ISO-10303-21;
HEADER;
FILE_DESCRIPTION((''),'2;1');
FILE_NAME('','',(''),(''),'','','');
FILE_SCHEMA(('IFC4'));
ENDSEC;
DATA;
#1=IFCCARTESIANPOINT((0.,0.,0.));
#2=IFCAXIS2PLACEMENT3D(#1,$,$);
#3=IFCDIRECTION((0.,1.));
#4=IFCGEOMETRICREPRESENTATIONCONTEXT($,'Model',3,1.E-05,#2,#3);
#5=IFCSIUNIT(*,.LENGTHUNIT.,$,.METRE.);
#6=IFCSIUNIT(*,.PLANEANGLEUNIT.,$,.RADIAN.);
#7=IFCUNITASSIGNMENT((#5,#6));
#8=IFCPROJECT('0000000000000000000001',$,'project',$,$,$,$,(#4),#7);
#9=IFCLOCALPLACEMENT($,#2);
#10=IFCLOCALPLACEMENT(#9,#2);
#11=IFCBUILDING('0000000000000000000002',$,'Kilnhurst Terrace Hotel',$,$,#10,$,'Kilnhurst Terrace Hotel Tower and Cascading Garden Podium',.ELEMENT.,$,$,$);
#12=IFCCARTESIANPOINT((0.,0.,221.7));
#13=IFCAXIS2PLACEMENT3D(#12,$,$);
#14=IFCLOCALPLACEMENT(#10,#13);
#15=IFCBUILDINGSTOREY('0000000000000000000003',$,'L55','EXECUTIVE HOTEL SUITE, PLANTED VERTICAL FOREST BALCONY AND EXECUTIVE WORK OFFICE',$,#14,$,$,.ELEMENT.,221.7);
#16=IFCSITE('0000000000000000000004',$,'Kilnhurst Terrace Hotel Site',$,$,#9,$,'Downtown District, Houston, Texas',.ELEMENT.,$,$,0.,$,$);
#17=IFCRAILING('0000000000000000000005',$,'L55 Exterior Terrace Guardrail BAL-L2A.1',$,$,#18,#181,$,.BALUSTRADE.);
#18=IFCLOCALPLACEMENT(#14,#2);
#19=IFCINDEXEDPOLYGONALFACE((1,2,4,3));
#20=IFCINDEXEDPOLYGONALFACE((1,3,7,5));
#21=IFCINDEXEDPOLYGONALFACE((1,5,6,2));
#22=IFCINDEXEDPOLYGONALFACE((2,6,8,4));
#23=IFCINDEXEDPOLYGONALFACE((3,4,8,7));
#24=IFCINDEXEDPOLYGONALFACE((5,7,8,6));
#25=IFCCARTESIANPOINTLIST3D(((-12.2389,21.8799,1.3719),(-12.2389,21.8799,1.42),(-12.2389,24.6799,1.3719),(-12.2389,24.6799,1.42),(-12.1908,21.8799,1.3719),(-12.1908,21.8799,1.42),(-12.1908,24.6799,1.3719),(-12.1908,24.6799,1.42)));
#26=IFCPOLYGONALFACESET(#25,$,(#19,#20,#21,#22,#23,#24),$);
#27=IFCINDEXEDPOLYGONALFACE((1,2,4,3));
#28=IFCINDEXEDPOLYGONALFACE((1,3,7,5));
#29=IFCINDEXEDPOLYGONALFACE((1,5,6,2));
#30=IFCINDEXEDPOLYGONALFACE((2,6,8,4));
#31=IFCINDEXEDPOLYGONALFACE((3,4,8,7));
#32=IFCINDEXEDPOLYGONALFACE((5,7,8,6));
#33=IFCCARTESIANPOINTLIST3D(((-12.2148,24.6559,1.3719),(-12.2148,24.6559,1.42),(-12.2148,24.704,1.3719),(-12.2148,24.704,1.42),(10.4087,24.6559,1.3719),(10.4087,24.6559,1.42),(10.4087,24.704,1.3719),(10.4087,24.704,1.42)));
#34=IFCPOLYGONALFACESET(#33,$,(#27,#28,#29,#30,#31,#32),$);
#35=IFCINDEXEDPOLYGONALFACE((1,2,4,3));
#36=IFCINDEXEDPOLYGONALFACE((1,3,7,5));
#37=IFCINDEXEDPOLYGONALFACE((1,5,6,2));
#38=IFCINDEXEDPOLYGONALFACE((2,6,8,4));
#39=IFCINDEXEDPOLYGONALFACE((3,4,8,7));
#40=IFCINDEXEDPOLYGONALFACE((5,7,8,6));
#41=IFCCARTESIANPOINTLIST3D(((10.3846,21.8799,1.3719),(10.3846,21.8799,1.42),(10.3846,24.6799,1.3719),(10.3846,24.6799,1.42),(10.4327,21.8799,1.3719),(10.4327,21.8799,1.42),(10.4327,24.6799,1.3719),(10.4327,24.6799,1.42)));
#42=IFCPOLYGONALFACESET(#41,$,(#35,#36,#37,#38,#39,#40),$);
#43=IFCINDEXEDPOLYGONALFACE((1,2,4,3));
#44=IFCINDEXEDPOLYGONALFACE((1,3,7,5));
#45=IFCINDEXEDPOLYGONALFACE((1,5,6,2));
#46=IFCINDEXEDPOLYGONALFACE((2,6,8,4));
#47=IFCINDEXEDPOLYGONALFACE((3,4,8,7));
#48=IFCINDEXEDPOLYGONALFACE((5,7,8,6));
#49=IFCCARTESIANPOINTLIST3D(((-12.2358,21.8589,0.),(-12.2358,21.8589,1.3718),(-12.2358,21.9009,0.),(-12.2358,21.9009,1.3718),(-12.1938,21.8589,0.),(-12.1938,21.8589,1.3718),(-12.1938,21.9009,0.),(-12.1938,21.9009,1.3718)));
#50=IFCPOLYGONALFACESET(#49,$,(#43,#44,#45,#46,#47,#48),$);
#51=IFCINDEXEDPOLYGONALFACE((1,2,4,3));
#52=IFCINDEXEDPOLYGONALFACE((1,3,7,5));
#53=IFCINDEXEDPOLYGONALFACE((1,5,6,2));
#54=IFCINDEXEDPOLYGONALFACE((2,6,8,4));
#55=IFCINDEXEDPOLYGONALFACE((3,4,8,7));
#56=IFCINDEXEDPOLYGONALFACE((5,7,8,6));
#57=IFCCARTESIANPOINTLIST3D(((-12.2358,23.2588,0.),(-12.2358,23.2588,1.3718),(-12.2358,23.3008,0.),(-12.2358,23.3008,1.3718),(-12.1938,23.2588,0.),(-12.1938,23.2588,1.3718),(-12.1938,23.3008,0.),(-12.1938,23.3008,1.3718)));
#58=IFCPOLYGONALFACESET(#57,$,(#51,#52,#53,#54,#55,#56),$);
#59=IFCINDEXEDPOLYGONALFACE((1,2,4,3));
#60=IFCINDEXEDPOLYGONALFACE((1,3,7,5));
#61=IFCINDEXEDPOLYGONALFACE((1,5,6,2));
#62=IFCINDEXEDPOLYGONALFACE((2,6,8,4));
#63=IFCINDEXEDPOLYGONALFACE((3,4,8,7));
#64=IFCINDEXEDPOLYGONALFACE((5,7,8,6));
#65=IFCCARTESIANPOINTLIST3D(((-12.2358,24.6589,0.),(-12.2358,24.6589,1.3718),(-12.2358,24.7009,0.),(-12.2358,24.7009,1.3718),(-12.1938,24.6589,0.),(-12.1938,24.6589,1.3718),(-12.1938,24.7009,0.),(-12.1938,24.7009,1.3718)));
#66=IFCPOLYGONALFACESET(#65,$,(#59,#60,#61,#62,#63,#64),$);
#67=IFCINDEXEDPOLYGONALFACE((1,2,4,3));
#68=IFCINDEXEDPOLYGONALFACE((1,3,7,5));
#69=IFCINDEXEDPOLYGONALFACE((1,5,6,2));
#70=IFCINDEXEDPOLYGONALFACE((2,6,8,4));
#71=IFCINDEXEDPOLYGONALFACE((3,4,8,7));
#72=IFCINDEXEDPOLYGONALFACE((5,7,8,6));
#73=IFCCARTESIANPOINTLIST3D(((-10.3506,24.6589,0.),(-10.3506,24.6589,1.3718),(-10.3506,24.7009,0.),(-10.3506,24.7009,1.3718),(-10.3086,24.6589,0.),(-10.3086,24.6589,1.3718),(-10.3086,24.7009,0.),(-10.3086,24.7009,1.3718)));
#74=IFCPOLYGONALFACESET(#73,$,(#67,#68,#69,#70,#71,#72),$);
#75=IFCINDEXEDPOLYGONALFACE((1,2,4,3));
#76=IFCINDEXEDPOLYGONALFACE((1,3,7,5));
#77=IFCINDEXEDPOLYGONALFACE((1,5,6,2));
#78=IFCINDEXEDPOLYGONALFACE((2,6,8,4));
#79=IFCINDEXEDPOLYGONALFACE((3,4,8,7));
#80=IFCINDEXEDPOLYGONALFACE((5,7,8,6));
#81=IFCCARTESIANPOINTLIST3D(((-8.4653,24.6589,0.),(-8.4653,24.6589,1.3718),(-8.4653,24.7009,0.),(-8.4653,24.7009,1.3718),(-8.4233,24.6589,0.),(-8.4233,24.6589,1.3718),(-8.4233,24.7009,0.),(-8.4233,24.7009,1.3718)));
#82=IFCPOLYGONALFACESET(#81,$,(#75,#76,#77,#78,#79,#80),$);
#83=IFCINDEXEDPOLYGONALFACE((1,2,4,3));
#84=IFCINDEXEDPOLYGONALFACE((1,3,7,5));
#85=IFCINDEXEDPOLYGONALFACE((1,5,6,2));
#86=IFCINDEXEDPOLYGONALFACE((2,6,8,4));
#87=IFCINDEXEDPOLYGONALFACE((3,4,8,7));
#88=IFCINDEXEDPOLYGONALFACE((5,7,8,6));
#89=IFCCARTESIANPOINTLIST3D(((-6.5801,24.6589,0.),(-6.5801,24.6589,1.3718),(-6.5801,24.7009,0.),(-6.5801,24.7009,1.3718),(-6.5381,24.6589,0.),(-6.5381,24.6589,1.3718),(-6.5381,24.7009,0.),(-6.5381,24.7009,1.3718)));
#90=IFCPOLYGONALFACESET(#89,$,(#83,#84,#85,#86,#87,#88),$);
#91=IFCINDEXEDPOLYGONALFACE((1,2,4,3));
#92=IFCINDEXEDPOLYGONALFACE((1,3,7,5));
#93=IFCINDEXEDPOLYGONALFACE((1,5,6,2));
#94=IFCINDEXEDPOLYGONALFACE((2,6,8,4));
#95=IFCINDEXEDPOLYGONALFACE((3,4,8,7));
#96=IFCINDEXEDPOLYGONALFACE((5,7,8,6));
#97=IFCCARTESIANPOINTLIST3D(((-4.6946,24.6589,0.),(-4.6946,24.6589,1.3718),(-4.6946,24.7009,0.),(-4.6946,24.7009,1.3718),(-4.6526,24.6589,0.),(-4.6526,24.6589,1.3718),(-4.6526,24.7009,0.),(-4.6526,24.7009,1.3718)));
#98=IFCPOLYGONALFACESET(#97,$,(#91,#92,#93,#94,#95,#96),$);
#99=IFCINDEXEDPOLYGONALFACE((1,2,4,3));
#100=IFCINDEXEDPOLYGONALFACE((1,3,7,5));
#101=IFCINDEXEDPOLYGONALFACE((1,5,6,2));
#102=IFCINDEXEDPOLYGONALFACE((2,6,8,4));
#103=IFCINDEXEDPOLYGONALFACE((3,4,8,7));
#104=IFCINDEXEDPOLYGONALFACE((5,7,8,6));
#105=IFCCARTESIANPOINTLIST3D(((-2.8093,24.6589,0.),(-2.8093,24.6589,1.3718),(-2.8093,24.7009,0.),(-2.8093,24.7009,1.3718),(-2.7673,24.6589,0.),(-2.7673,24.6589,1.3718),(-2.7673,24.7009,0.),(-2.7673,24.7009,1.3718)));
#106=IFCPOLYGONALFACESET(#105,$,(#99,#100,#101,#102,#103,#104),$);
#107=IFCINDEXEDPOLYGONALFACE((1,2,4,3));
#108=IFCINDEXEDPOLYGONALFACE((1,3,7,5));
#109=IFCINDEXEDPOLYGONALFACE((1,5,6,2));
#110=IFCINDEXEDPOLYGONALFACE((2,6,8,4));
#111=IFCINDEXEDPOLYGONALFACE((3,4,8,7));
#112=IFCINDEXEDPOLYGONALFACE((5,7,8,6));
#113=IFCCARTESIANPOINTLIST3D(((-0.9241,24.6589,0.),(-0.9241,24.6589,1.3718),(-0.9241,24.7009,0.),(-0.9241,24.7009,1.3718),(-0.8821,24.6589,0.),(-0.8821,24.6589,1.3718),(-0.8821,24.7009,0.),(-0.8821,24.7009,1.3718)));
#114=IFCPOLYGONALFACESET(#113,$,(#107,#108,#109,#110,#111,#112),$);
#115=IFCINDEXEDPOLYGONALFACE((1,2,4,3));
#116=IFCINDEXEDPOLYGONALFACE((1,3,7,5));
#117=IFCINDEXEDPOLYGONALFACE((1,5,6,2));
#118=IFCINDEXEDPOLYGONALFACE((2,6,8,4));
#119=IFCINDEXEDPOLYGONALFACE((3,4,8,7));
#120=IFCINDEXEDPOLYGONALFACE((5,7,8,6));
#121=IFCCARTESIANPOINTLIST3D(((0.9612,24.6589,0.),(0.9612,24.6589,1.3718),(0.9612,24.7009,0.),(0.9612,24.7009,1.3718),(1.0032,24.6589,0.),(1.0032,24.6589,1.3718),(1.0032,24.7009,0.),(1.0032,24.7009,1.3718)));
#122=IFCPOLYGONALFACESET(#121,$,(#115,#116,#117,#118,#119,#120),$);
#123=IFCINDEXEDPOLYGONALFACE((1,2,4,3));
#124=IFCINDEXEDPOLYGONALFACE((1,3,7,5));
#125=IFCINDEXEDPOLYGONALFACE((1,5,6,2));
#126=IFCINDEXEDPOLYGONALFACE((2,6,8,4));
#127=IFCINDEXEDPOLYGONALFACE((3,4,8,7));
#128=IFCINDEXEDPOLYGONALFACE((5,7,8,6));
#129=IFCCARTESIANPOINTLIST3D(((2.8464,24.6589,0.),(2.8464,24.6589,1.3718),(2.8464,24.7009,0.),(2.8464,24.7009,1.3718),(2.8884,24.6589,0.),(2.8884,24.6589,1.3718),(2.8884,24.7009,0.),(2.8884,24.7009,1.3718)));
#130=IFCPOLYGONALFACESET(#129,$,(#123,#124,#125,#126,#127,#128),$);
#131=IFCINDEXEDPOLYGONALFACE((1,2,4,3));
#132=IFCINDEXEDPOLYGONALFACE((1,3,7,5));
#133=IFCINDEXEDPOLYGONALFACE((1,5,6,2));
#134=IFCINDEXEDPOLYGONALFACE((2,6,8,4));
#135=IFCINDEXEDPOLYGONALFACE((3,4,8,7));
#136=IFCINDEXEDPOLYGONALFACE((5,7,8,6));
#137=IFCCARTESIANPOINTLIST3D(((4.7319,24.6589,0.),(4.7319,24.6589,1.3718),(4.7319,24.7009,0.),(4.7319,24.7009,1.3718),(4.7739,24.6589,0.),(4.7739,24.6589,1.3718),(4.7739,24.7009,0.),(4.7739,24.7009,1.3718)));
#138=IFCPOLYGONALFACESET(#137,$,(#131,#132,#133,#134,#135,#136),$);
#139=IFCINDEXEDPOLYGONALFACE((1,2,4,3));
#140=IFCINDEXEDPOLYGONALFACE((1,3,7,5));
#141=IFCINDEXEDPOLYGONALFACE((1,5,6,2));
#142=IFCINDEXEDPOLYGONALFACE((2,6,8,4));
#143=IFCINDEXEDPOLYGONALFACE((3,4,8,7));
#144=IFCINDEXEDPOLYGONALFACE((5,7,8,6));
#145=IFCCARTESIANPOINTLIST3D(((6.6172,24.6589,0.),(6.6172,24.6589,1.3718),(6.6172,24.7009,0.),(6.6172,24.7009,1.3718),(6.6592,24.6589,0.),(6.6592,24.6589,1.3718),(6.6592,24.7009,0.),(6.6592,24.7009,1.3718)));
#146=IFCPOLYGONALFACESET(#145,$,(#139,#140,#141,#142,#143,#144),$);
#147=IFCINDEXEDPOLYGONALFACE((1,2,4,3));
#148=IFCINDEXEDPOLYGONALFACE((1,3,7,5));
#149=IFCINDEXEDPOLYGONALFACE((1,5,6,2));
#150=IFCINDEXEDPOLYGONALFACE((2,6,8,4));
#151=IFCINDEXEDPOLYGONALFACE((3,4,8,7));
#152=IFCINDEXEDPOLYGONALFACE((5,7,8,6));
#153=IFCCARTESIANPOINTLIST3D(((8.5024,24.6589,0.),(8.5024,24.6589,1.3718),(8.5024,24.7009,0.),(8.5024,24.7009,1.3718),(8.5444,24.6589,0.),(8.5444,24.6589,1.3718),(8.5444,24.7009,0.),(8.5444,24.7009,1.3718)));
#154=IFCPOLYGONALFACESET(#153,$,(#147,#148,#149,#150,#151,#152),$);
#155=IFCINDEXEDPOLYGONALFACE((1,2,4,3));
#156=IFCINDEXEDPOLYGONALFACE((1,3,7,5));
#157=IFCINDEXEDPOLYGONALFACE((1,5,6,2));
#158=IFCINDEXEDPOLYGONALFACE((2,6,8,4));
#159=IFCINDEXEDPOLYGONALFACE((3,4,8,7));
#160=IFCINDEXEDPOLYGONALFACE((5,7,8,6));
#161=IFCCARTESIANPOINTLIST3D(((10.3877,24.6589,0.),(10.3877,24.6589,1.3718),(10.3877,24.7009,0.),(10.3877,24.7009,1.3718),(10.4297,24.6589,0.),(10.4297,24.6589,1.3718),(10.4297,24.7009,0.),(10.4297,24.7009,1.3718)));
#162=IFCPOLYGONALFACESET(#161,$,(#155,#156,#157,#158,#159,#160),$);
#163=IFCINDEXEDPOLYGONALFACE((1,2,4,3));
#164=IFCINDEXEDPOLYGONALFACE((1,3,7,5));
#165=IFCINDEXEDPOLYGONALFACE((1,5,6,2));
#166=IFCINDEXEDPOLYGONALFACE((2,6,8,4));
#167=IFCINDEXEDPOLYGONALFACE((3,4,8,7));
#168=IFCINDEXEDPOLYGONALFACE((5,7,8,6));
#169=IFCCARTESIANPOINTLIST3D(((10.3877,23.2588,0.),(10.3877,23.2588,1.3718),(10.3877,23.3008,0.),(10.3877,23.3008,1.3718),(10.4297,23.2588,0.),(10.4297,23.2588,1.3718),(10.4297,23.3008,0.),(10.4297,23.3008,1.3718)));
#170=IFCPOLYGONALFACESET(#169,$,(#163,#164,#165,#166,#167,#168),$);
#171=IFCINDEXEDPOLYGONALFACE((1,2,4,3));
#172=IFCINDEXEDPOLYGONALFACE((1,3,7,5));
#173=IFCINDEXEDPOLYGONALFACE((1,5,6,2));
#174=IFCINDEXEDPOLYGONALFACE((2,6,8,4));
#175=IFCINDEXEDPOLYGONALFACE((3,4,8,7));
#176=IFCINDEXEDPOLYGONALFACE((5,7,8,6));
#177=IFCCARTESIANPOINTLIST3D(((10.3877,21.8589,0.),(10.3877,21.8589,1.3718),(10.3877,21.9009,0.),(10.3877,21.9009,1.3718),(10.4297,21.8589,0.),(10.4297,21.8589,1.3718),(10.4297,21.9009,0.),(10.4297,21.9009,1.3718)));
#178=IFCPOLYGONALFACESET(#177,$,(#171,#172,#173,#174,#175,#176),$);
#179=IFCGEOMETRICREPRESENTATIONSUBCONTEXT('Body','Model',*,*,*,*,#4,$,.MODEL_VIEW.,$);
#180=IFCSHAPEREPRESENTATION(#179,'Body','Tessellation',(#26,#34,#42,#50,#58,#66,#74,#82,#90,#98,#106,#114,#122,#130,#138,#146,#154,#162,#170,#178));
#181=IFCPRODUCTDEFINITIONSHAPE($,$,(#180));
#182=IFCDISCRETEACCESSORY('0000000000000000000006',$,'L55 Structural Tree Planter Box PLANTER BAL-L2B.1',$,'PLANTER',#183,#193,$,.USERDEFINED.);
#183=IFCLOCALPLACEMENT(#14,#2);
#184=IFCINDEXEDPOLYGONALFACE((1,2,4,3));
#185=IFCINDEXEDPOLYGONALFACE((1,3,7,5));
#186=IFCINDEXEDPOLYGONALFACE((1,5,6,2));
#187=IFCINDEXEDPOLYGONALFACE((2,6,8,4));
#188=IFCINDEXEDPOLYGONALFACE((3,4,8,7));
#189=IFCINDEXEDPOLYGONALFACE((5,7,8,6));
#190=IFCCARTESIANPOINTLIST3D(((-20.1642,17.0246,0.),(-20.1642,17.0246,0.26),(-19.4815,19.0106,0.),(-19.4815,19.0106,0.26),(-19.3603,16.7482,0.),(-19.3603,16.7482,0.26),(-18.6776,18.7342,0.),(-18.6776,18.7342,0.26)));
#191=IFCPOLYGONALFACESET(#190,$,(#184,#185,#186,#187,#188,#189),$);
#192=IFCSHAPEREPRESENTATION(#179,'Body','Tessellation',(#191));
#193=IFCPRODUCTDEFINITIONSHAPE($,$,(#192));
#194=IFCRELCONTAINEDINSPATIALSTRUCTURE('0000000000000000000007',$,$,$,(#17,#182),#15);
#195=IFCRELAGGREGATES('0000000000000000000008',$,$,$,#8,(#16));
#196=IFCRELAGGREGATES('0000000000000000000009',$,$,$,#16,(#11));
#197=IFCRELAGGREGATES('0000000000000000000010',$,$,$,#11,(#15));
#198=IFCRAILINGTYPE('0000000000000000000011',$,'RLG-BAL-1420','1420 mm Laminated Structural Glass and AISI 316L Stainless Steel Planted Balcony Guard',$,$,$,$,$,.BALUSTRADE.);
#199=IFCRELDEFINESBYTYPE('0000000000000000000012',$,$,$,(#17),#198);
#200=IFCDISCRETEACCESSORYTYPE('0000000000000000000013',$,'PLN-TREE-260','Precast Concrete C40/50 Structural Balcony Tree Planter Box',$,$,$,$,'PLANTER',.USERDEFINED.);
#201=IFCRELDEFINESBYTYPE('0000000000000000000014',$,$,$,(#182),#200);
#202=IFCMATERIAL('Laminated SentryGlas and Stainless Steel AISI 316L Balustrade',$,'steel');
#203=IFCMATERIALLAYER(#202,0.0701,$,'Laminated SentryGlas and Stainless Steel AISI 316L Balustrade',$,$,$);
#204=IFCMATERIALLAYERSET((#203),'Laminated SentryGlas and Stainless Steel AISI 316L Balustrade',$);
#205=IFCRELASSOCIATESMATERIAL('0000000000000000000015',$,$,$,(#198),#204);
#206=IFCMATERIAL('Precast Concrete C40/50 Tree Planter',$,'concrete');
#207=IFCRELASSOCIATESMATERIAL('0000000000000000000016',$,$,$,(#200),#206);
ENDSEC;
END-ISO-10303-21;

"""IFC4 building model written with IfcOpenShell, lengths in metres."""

from ifc_helpers import new_model, si_unit, direction, frame, origin, origin_2d, place, context, subcontext, project, spatial, rectangle, extrude, material, layer, layer_set, type_object, element, save


model = new_model("IFC4")

# Units and contexts
model_context = context("Model", 3, precision=1e-05, world=origin(), true_north=direction((0.0, 1.0)))
body_context = subcontext(model_context, "Body", "Model", "MODEL_VIEW")
ifc_project = project(units=[si_unit("LENGTHUNIT", "METRE"), si_unit("PLANEANGLEUNIT", "RADIAN")], contexts=[model_context])

# Site, building, storey
site_placement = place(None, origin())
site = spatial("IfcSite", under=ifc_project, at=site_placement, Name="Kilnhurst Terrace Hotel Site", LongName="Downtown District, Houston, Texas", CompositionType="ELEMENT", RefElevation=0.0)
building_placement = place(site_placement, origin())
building = spatial("IfcBuilding", under=site, at=building_placement, Name="Kilnhurst Terrace Hotel", LongName="Kilnhurst Terrace Hotel Tower and Cascading Garden Podium", CompositionType="ELEMENT")
storey_placement = place(building_placement, frame((0.0, 0.0, 221.7)))
storey = spatial("IfcBuildingStorey", under=building, at=storey_placement, Name="L55", Description="EXECUTIVE HOTEL SUITE, PLANTED VERTICAL FOREST BALCONY AND EXECUTIVE WORK OFFICE", CompositionType="ELEMENT", Elevation=221.7)

# Railing
ifc_material_1 = material(Name="Laminated SentryGlas and Stainless Steel AISI 316L Balustrade", Category="steel")
ifc_layer_1 = layer(ifc_material_1, 0.0701, Name="Laminated SentryGlas and Stainless Steel AISI 316L Balustrade")
ifc_layer_set_1 = layer_set([ifc_layer_1], Name="Laminated SentryGlas and Stainless Steel AISI 316L Balustrade")
railing_type = type_object("IfcRailingType", Name="RLG-BAL-1420", Description="1420 mm Laminated Structural Glass and AISI 316L Stainless Steel Planted Balcony Guard", PredefinedType="BALUSTRADE", material=ifc_layer_set_1)
railing_placement = place(storey_placement, frame((-12.2148, 21.8799, 0.0)))
element("IfcRailing", 1, at=railing_placement, inside=storey, type_object=railing_type, Name="L55 Exterior Terrace Guardrail BAL-L2A.1", PredefinedType="BALUSTRADE", context=body_context, shape_type="SweptSolid", body=[
    extrude(rectangle(XDim=0.0481, YDim=0.0481, at=origin_2d()), frame((0.0, 0.0, 1.396), z_axis=(0.0, 1.0, 0.0), x_axis=(-1.0, 0.0, 0.0)), (0.0, 0.0, 1.0), 2.8),
    extrude(rectangle(XDim=0.0481, YDim=0.0481, at=origin_2d()), frame((0.0, 2.8, 1.396), z_axis=(1.0, 0.0, 0.0), x_axis=(0.0, 1.0, 0.0)), (0.0, 0.0, 1.0), 22.6235),
    extrude(rectangle(XDim=0.0481, YDim=0.0481, at=origin_2d()), frame((22.6235, 2.8, 1.396), z_axis=(0.0, -1.0, 0.0), x_axis=(1.0, 0.0, 0.0)), (0.0, 0.0, 1.0), 2.8),
    extrude(rectangle(XDim=0.042, YDim=0.042, at=origin_2d()), origin(), (0.0, 0.0, 1.0), 1.3718),
    extrude(rectangle(XDim=0.042, YDim=0.042, at=origin_2d()), frame((0.0, 1.3999, 0.0)), (0.0, 0.0, 1.0), 1.3718),
    extrude(rectangle(XDim=0.042, YDim=0.042, at=origin_2d()), frame((0.0, 2.8, 0.0)), (0.0, 0.0, 1.0), 1.3718),
    extrude(rectangle(XDim=0.042, YDim=0.042, at=origin_2d()), frame((1.8853, 2.8, 0.0)), (0.0, 0.0, 1.0), 1.3718),
    extrude(rectangle(XDim=0.042, YDim=0.042, at=origin_2d()), frame((3.7705, 2.8, 0.0)), (0.0, 0.0, 1.0), 1.3718),
    extrude(rectangle(XDim=0.042, YDim=0.042, at=origin_2d()), frame((5.6558, 2.8, 0.0)), (0.0, 0.0, 1.0), 1.3718),
    extrude(rectangle(XDim=0.042, YDim=0.042, at=origin_2d()), frame((7.5413, 2.8, 0.0)), (0.0, 0.0, 1.0), 1.3718),
    extrude(rectangle(XDim=0.042, YDim=0.042, at=origin_2d()), frame((9.4265, 2.8, 0.0)), (0.0, 0.0, 1.0), 1.3718),
    extrude(rectangle(XDim=0.042, YDim=0.042, at=origin_2d()), frame((11.3118, 2.8, 0.0)), (0.0, 0.0, 1.0), 1.3718),
    extrude(rectangle(XDim=0.042, YDim=0.042, at=origin_2d()), frame((13.197, 2.8, 0.0)), (0.0, 0.0, 1.0), 1.3718),
    extrude(rectangle(XDim=0.042, YDim=0.042, at=origin_2d()), frame((15.0823, 2.8, 0.0)), (0.0, 0.0, 1.0), 1.3718),
    extrude(rectangle(XDim=0.042, YDim=0.042, at=origin_2d()), frame((16.9678, 2.8, 0.0)), (0.0, 0.0, 1.0), 1.3718),
    extrude(rectangle(XDim=0.042, YDim=0.042, at=origin_2d()), frame((18.853, 2.8, 0.0)), (0.0, 0.0, 1.0), 1.3718),
    extrude(rectangle(XDim=0.042, YDim=0.042, at=origin_2d()), frame((20.7383, 2.8, 0.0)), (0.0, 0.0, 1.0), 1.3718),
    extrude(rectangle(XDim=0.042, YDim=0.042, at=origin_2d()), frame((22.6235, 2.8, 0.0)), (0.0, 0.0, 1.0), 1.3718),
    extrude(rectangle(XDim=0.042, YDim=0.042, at=origin_2d()), frame((22.6235, 1.3999, 0.0)), (0.0, 0.0, 1.0), 1.3718),
    extrude(rectangle(XDim=0.042, YDim=0.042, at=origin_2d()), frame((22.6235, 0.0, 0.0)), (0.0, 0.0, 1.0), 1.3718),
])

# Discrete accessory
ifc_material_2 = material(Name="Precast Concrete C40/50 Tree Planter", Category="concrete")
discrete_accessory_type = type_object("IfcDiscreteAccessoryType", Name="PLN-TREE-260", Description="Precast Concrete C40/50 Structural Balcony Tree Planter Box", ElementType="PLANTER", PredefinedType="USERDEFINED", material=ifc_material_2)
discrete_accessory_placement = place(storey_placement, frame((-19.4209, 17.8794, 0.0), z_axis=(0.0, 0.0, 1.0), x_axis=(-0.32509, -0.945683, 0.0)))
element("IfcDiscreteAccessory", 2, at=discrete_accessory_placement, inside=storey, type_object=discrete_accessory_type, Name="L55 Structural Tree Planter Box PLANTER BAL-L2B.1", ObjectType="PLANTER", PredefinedType="USERDEFINED", context=body_context, shape_type="SweptSolid", body=[
    extrude(rectangle(XDim=2.1001, YDim=0.8501, at=origin_2d()), origin(), (0.0, 0.0, 1.0), 0.26),
])

save(model, "model.ifc")
